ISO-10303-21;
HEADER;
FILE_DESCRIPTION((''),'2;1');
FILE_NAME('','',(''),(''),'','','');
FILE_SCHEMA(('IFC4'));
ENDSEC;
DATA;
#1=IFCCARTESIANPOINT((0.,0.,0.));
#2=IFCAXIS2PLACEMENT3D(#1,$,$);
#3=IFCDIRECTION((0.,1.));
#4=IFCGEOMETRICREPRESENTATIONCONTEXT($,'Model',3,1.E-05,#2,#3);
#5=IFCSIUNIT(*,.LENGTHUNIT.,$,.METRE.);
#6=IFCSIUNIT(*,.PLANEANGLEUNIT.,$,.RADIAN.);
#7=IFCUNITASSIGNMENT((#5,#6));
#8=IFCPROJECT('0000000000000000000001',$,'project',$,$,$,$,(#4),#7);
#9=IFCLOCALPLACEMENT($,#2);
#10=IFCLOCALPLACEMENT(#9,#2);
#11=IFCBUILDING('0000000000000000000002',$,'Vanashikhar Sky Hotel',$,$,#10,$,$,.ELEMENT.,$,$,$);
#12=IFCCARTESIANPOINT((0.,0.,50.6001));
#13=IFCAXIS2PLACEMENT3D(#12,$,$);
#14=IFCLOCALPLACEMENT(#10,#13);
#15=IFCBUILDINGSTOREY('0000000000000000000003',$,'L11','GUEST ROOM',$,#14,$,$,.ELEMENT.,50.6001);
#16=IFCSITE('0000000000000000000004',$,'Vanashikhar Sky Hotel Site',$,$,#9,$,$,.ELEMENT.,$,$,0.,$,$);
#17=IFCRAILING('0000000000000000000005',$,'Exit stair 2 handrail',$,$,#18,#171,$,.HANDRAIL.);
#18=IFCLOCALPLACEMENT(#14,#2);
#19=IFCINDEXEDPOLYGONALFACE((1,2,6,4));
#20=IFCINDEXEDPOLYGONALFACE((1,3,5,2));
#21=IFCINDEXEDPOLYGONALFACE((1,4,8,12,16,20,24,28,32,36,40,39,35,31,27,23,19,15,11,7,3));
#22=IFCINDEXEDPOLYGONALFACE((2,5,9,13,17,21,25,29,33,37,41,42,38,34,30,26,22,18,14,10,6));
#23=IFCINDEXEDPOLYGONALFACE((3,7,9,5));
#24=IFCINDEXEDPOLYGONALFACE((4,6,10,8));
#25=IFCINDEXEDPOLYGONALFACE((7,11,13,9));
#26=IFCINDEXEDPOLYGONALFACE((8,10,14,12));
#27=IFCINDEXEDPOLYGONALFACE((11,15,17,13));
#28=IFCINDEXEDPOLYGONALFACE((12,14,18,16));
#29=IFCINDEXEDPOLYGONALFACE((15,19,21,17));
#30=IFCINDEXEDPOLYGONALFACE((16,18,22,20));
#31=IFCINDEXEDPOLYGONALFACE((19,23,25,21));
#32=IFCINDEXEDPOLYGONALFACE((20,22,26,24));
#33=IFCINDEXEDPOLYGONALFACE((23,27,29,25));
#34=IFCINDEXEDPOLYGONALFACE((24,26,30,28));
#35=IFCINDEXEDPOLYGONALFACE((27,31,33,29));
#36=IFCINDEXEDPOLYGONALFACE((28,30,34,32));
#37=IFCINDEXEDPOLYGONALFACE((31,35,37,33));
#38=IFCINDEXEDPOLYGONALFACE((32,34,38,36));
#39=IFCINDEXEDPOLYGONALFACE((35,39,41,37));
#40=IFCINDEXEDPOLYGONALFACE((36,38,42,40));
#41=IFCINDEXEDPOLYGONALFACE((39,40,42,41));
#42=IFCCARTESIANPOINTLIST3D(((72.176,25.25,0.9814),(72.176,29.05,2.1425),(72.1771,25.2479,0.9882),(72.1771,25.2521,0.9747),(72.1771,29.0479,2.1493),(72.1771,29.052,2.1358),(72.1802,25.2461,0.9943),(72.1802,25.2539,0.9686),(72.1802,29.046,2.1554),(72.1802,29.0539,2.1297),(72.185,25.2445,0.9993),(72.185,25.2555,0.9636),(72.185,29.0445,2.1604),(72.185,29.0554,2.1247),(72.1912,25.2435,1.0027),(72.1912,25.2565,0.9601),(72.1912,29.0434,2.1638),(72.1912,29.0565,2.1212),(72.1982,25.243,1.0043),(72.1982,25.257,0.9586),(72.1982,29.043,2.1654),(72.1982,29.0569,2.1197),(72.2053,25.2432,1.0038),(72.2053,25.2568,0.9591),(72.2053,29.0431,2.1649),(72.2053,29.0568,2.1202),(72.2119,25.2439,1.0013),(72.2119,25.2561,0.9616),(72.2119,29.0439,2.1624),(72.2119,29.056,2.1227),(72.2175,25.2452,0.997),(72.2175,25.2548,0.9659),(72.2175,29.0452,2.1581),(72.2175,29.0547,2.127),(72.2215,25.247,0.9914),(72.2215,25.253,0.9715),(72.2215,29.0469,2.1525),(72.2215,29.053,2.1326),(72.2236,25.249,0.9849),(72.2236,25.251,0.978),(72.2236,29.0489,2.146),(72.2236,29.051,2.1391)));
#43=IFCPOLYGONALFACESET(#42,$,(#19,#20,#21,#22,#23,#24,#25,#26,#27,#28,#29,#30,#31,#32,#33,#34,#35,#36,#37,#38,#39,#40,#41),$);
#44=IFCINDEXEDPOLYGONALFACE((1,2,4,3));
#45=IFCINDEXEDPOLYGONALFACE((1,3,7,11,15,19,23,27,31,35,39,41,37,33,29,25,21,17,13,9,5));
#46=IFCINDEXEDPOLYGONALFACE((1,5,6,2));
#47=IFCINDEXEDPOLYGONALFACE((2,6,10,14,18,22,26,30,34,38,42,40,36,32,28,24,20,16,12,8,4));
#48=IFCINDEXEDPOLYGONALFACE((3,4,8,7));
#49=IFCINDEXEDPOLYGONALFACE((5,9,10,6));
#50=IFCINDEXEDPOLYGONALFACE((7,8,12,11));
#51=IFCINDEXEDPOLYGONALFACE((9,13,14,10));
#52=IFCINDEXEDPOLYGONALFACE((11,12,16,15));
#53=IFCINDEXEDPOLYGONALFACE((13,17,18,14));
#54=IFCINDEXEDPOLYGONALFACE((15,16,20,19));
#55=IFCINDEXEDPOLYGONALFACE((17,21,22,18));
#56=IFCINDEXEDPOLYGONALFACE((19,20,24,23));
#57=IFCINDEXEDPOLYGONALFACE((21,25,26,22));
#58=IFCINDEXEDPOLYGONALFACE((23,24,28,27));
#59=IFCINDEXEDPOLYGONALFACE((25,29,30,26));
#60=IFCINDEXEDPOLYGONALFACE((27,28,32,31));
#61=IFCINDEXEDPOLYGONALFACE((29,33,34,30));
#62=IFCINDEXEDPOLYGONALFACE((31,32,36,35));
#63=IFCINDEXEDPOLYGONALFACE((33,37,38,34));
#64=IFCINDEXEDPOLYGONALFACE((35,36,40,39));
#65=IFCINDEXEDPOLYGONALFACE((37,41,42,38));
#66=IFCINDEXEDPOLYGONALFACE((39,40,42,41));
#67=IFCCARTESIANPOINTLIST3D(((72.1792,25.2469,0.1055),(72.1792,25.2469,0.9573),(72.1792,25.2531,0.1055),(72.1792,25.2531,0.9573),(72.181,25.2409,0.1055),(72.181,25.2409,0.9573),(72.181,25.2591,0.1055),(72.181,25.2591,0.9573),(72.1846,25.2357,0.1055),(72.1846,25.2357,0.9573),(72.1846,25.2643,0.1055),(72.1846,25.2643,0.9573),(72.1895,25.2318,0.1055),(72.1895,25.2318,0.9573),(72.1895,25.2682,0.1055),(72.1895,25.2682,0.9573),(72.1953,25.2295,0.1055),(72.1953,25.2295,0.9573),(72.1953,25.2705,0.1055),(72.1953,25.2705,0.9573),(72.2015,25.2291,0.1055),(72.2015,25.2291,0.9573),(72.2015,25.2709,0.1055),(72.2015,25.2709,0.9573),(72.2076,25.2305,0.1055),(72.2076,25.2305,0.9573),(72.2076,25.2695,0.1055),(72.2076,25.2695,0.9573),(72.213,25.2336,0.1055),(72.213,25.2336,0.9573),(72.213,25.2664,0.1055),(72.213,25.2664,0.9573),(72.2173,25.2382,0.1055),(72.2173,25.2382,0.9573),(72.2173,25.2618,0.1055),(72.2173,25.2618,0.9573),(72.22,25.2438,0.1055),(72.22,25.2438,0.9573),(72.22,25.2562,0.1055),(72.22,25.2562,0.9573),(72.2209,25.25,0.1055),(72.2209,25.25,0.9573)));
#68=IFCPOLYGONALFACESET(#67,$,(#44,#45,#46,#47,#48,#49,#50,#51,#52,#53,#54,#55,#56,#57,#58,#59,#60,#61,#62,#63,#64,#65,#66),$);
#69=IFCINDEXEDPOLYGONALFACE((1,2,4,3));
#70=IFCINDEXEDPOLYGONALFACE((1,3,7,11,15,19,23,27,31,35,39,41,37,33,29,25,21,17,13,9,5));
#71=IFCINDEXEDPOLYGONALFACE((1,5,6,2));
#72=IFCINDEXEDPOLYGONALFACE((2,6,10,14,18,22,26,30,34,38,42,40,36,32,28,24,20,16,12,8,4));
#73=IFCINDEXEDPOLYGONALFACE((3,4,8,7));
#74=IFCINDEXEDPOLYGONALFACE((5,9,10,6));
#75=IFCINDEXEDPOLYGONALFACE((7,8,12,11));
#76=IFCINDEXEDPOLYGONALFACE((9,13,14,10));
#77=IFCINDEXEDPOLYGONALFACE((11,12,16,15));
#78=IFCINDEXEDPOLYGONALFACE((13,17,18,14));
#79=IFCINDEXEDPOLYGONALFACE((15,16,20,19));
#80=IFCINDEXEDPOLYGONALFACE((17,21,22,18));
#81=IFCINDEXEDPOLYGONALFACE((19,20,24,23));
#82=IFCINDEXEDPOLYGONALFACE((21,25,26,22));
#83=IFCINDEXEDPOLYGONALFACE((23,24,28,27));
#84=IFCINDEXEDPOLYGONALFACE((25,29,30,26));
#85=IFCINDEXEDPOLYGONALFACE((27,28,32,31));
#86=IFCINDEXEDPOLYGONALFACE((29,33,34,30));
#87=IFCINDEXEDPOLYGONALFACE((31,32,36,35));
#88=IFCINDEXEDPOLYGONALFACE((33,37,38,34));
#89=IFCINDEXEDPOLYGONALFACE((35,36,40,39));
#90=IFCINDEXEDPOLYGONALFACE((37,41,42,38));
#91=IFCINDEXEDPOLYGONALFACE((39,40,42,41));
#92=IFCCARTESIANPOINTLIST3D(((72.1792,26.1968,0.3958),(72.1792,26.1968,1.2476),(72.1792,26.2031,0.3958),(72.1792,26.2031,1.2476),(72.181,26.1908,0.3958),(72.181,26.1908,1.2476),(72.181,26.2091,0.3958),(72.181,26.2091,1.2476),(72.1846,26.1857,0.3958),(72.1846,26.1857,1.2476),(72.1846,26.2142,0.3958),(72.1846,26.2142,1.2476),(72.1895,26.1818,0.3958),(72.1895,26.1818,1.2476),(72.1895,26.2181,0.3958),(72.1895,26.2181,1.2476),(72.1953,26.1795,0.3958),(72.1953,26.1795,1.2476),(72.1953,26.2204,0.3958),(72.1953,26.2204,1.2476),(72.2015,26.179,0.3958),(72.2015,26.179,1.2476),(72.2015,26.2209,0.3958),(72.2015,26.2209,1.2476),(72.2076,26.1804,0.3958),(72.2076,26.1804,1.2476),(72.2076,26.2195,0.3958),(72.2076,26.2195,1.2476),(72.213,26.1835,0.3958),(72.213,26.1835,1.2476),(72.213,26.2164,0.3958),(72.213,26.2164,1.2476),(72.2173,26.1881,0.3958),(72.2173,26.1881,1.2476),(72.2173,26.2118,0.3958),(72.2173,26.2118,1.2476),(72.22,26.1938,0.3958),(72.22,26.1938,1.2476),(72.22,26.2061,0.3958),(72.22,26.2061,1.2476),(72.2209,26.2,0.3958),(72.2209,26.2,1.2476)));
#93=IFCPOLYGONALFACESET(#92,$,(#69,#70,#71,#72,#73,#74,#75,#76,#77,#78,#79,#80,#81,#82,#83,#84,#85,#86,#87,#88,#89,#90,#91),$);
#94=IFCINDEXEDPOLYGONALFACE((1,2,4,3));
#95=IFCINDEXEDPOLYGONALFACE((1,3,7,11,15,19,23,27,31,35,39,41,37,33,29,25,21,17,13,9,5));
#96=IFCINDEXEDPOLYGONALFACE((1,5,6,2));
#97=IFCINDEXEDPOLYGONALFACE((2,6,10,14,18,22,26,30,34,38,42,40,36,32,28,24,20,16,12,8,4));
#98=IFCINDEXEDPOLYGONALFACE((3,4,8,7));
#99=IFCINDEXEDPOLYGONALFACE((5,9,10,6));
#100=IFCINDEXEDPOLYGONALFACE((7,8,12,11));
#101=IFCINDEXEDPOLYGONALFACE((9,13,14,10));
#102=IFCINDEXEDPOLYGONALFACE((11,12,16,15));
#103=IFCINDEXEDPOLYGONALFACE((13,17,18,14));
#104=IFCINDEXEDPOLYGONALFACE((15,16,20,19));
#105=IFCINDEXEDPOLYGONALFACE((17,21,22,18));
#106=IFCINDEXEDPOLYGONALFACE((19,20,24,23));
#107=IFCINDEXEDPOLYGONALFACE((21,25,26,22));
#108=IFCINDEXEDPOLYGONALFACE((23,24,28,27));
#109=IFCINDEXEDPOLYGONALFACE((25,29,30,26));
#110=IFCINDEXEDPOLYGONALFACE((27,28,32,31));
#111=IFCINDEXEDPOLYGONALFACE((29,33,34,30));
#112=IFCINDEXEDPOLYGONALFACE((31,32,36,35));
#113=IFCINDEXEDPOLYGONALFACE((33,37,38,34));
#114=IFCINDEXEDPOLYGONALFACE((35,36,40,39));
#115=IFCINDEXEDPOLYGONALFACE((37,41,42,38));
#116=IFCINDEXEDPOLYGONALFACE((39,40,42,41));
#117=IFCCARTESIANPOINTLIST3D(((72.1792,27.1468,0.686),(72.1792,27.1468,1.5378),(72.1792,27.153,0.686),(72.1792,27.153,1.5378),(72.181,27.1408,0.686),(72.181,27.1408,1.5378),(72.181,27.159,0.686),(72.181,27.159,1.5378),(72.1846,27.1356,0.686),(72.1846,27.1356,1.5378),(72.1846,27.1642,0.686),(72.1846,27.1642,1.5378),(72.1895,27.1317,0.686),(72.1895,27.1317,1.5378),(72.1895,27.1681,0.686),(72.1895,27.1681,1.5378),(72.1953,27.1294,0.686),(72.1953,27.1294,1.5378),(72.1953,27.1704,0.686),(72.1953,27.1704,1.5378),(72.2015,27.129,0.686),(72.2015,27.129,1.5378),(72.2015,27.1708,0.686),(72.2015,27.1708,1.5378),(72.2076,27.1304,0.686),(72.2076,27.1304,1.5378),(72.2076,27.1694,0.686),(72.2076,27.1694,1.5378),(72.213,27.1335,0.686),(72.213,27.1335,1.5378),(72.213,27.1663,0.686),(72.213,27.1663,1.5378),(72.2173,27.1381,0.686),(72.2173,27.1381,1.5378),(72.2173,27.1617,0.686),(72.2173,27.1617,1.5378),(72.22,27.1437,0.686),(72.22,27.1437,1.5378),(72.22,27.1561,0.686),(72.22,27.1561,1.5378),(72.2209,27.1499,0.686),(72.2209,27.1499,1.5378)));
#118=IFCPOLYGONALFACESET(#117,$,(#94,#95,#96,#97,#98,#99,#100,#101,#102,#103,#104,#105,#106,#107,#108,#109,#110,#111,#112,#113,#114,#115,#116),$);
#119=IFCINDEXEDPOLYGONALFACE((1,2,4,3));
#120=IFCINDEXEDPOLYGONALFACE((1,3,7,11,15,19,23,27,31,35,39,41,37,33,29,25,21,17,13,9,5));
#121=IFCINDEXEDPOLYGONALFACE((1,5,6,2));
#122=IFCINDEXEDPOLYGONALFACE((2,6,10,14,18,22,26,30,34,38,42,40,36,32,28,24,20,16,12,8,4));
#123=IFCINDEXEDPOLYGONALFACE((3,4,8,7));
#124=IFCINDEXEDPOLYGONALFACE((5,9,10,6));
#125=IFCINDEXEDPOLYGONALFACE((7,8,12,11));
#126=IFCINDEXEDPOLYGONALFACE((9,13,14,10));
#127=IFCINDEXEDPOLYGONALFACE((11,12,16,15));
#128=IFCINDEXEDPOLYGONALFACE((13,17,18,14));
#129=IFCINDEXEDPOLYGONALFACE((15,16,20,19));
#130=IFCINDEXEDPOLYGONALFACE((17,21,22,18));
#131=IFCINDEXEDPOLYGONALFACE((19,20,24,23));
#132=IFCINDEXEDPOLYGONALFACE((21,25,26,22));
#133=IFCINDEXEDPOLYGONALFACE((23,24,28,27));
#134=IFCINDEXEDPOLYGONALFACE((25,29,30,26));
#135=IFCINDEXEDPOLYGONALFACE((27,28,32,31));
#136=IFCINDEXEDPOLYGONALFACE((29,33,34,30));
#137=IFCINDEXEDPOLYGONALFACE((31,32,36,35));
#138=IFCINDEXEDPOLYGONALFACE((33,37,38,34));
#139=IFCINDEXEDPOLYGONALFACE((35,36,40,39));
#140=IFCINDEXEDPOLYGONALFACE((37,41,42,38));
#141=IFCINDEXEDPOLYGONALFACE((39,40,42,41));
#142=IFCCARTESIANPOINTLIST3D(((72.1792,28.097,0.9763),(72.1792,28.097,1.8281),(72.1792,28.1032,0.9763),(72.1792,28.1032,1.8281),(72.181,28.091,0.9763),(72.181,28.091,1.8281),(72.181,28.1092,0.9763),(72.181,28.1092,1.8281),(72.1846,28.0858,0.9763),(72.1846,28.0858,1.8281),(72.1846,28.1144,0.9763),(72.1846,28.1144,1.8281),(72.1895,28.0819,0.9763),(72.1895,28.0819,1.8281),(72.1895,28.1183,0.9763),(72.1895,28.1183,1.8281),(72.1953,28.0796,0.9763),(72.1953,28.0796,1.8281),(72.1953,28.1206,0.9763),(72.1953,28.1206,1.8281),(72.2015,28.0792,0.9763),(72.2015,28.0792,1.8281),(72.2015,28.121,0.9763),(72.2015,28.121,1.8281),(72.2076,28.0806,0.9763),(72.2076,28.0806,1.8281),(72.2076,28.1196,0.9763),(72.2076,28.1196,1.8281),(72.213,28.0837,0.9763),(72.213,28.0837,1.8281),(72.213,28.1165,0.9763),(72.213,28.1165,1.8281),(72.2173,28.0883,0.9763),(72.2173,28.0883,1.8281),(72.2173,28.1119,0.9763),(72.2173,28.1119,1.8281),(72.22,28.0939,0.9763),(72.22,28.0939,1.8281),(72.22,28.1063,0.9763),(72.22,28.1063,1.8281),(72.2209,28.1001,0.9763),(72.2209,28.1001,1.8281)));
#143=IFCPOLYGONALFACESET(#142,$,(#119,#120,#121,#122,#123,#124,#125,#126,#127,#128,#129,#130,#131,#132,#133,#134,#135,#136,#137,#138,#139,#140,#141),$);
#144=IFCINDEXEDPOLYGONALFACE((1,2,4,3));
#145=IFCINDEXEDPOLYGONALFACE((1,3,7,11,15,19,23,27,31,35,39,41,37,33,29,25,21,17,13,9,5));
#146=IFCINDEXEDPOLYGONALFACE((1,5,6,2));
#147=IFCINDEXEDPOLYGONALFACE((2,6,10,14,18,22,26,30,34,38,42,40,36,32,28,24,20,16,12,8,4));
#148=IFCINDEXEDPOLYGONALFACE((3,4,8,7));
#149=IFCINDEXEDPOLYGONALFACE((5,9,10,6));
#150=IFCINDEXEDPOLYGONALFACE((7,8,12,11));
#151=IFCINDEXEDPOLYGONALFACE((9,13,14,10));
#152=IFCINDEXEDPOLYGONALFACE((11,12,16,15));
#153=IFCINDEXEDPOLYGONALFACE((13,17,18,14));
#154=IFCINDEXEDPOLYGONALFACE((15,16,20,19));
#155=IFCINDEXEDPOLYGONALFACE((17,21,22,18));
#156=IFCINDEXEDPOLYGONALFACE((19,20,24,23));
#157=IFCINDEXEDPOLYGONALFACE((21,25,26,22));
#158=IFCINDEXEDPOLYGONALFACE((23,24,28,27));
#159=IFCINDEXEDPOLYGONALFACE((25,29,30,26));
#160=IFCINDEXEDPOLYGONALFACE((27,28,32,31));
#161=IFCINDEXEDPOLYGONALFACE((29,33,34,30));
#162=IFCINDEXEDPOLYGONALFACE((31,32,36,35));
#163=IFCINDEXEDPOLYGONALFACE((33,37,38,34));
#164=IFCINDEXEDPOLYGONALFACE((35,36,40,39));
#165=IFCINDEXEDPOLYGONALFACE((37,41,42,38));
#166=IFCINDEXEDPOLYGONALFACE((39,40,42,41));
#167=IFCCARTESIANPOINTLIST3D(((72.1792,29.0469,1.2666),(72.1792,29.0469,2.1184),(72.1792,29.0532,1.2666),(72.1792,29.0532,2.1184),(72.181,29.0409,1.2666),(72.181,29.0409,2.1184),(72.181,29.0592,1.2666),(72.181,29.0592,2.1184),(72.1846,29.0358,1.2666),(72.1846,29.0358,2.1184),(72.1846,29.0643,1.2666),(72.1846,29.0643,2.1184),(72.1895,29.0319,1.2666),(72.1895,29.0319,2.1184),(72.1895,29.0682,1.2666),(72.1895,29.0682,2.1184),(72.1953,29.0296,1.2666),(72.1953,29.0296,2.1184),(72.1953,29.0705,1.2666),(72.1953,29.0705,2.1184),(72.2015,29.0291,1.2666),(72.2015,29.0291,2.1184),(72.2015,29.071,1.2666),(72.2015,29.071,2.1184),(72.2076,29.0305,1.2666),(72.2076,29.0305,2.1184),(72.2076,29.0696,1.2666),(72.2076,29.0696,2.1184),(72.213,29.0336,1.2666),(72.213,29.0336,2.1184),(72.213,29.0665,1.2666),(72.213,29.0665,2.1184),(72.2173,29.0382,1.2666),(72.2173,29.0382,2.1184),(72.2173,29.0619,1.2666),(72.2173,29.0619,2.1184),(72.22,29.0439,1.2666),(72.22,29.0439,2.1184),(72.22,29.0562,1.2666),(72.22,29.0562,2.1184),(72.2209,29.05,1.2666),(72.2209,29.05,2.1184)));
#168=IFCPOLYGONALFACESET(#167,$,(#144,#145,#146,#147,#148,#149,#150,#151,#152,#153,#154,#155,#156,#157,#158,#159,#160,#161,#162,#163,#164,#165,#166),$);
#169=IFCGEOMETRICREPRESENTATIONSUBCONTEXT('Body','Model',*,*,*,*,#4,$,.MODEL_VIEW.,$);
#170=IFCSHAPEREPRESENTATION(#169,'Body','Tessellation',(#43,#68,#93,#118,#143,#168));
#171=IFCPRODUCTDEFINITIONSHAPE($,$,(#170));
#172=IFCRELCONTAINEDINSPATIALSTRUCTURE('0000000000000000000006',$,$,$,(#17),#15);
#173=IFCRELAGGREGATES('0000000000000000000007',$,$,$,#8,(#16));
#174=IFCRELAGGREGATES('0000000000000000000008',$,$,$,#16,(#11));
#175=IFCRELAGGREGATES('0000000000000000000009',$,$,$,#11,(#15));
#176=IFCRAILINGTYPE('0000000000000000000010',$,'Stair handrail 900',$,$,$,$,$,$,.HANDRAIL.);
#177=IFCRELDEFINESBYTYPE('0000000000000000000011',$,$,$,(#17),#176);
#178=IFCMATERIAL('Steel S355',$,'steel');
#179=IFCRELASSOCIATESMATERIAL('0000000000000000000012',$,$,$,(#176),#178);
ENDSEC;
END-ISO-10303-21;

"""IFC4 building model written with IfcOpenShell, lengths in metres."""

from ifc_helpers import new_model, si_unit, direction, frame, origin, origin_2d, place, context, subcontext, project, spatial, circle, extrude, source, transform, mapped, material, type_object, element, save


model = new_model("IFC4")

# Units and contexts
model_context = context("Model", 3, precision=1e-05, world=origin(), true_north=direction((0.0, 1.0)))
body_context = subcontext(model_context, "Body", "Model", "MODEL_VIEW")
ifc_project = project(units=[si_unit("LENGTHUNIT", "METRE"), si_unit("PLANEANGLEUNIT", "RADIAN")], contexts=[model_context])

# Site, building, storey
site_placement = place(None, origin())
site = spatial("IfcSite", under=ifc_project, at=site_placement, Name="Vanashikhar Sky Hotel Site", CompositionType="ELEMENT", RefElevation=0.0)
building_placement = place(site_placement, origin())
building = spatial("IfcBuilding", under=site, at=building_placement, Name="Vanashikhar Sky Hotel", CompositionType="ELEMENT")
storey_placement = place(building_placement, frame((0.0, 0.0, 50.6001)))
storey = spatial("IfcBuildingStorey", under=building, at=storey_placement, Name="L11", Description="GUEST ROOM", CompositionType="ELEMENT", Elevation=50.6001)

# Railing
ifc_material_1 = material(Name="Steel S355", Category="steel")
railing_type_1 = type_object("IfcRailingType", Name="Stair handrail 900", PredefinedType="HANDRAIL", material=ifc_material_1)
shared_shape_1 = source(origin(), body_context, "Body", "SweptSolid", [
    extrude(circle(Radius=0.0239, at=origin_2d()), frame((0.0, 0.0, 0.876), z_axis=(0.0, 0.956351, 0.29222), x_axis=(-1.0, 0.0, 0.0)), (0.0, 0.0, 1.0), 3.9734),
    extrude(circle(Radius=0.021, at=origin_2d()), origin(), (0.0, 0.0, 1.0), 0.8518),
    extrude(circle(Radius=0.021, at=origin_2d()), frame((0.0, 0.95, 0.2903)), (0.0, 0.0, 1.0), 0.8518),
    extrude(circle(Radius=0.021, at=origin_2d()), frame((0.0, 1.8999, 0.5806)), (0.0, 0.0, 1.0), 0.8518),
    extrude(circle(Radius=0.021, at=origin_2d()), frame((0.0, 2.8501, 0.8708)), (0.0, 0.0, 1.0), 0.8518),
    extrude(circle(Radius=0.021, at=origin_2d()), frame((0.0, 3.8, 1.1611)), (0.0, 0.0, 1.0), 0.8518),
])
for number, where, name in (
    (1, (72.2, 25.25, 0.1055), "Exit stair 2 handrail"),
):
    element("IfcRailing", number, at=place(storey_placement, frame(where)), inside=storey, type_object=railing_type_1, Name=name, PredefinedType="HANDRAIL", context=body_context, shape_type="MappedRepresentation", body=[
        mapped(shared_shape_1, transform((0.0, 0.0, 0.0), scale=1.0)),
    ])

save(model, "model.ifc")
